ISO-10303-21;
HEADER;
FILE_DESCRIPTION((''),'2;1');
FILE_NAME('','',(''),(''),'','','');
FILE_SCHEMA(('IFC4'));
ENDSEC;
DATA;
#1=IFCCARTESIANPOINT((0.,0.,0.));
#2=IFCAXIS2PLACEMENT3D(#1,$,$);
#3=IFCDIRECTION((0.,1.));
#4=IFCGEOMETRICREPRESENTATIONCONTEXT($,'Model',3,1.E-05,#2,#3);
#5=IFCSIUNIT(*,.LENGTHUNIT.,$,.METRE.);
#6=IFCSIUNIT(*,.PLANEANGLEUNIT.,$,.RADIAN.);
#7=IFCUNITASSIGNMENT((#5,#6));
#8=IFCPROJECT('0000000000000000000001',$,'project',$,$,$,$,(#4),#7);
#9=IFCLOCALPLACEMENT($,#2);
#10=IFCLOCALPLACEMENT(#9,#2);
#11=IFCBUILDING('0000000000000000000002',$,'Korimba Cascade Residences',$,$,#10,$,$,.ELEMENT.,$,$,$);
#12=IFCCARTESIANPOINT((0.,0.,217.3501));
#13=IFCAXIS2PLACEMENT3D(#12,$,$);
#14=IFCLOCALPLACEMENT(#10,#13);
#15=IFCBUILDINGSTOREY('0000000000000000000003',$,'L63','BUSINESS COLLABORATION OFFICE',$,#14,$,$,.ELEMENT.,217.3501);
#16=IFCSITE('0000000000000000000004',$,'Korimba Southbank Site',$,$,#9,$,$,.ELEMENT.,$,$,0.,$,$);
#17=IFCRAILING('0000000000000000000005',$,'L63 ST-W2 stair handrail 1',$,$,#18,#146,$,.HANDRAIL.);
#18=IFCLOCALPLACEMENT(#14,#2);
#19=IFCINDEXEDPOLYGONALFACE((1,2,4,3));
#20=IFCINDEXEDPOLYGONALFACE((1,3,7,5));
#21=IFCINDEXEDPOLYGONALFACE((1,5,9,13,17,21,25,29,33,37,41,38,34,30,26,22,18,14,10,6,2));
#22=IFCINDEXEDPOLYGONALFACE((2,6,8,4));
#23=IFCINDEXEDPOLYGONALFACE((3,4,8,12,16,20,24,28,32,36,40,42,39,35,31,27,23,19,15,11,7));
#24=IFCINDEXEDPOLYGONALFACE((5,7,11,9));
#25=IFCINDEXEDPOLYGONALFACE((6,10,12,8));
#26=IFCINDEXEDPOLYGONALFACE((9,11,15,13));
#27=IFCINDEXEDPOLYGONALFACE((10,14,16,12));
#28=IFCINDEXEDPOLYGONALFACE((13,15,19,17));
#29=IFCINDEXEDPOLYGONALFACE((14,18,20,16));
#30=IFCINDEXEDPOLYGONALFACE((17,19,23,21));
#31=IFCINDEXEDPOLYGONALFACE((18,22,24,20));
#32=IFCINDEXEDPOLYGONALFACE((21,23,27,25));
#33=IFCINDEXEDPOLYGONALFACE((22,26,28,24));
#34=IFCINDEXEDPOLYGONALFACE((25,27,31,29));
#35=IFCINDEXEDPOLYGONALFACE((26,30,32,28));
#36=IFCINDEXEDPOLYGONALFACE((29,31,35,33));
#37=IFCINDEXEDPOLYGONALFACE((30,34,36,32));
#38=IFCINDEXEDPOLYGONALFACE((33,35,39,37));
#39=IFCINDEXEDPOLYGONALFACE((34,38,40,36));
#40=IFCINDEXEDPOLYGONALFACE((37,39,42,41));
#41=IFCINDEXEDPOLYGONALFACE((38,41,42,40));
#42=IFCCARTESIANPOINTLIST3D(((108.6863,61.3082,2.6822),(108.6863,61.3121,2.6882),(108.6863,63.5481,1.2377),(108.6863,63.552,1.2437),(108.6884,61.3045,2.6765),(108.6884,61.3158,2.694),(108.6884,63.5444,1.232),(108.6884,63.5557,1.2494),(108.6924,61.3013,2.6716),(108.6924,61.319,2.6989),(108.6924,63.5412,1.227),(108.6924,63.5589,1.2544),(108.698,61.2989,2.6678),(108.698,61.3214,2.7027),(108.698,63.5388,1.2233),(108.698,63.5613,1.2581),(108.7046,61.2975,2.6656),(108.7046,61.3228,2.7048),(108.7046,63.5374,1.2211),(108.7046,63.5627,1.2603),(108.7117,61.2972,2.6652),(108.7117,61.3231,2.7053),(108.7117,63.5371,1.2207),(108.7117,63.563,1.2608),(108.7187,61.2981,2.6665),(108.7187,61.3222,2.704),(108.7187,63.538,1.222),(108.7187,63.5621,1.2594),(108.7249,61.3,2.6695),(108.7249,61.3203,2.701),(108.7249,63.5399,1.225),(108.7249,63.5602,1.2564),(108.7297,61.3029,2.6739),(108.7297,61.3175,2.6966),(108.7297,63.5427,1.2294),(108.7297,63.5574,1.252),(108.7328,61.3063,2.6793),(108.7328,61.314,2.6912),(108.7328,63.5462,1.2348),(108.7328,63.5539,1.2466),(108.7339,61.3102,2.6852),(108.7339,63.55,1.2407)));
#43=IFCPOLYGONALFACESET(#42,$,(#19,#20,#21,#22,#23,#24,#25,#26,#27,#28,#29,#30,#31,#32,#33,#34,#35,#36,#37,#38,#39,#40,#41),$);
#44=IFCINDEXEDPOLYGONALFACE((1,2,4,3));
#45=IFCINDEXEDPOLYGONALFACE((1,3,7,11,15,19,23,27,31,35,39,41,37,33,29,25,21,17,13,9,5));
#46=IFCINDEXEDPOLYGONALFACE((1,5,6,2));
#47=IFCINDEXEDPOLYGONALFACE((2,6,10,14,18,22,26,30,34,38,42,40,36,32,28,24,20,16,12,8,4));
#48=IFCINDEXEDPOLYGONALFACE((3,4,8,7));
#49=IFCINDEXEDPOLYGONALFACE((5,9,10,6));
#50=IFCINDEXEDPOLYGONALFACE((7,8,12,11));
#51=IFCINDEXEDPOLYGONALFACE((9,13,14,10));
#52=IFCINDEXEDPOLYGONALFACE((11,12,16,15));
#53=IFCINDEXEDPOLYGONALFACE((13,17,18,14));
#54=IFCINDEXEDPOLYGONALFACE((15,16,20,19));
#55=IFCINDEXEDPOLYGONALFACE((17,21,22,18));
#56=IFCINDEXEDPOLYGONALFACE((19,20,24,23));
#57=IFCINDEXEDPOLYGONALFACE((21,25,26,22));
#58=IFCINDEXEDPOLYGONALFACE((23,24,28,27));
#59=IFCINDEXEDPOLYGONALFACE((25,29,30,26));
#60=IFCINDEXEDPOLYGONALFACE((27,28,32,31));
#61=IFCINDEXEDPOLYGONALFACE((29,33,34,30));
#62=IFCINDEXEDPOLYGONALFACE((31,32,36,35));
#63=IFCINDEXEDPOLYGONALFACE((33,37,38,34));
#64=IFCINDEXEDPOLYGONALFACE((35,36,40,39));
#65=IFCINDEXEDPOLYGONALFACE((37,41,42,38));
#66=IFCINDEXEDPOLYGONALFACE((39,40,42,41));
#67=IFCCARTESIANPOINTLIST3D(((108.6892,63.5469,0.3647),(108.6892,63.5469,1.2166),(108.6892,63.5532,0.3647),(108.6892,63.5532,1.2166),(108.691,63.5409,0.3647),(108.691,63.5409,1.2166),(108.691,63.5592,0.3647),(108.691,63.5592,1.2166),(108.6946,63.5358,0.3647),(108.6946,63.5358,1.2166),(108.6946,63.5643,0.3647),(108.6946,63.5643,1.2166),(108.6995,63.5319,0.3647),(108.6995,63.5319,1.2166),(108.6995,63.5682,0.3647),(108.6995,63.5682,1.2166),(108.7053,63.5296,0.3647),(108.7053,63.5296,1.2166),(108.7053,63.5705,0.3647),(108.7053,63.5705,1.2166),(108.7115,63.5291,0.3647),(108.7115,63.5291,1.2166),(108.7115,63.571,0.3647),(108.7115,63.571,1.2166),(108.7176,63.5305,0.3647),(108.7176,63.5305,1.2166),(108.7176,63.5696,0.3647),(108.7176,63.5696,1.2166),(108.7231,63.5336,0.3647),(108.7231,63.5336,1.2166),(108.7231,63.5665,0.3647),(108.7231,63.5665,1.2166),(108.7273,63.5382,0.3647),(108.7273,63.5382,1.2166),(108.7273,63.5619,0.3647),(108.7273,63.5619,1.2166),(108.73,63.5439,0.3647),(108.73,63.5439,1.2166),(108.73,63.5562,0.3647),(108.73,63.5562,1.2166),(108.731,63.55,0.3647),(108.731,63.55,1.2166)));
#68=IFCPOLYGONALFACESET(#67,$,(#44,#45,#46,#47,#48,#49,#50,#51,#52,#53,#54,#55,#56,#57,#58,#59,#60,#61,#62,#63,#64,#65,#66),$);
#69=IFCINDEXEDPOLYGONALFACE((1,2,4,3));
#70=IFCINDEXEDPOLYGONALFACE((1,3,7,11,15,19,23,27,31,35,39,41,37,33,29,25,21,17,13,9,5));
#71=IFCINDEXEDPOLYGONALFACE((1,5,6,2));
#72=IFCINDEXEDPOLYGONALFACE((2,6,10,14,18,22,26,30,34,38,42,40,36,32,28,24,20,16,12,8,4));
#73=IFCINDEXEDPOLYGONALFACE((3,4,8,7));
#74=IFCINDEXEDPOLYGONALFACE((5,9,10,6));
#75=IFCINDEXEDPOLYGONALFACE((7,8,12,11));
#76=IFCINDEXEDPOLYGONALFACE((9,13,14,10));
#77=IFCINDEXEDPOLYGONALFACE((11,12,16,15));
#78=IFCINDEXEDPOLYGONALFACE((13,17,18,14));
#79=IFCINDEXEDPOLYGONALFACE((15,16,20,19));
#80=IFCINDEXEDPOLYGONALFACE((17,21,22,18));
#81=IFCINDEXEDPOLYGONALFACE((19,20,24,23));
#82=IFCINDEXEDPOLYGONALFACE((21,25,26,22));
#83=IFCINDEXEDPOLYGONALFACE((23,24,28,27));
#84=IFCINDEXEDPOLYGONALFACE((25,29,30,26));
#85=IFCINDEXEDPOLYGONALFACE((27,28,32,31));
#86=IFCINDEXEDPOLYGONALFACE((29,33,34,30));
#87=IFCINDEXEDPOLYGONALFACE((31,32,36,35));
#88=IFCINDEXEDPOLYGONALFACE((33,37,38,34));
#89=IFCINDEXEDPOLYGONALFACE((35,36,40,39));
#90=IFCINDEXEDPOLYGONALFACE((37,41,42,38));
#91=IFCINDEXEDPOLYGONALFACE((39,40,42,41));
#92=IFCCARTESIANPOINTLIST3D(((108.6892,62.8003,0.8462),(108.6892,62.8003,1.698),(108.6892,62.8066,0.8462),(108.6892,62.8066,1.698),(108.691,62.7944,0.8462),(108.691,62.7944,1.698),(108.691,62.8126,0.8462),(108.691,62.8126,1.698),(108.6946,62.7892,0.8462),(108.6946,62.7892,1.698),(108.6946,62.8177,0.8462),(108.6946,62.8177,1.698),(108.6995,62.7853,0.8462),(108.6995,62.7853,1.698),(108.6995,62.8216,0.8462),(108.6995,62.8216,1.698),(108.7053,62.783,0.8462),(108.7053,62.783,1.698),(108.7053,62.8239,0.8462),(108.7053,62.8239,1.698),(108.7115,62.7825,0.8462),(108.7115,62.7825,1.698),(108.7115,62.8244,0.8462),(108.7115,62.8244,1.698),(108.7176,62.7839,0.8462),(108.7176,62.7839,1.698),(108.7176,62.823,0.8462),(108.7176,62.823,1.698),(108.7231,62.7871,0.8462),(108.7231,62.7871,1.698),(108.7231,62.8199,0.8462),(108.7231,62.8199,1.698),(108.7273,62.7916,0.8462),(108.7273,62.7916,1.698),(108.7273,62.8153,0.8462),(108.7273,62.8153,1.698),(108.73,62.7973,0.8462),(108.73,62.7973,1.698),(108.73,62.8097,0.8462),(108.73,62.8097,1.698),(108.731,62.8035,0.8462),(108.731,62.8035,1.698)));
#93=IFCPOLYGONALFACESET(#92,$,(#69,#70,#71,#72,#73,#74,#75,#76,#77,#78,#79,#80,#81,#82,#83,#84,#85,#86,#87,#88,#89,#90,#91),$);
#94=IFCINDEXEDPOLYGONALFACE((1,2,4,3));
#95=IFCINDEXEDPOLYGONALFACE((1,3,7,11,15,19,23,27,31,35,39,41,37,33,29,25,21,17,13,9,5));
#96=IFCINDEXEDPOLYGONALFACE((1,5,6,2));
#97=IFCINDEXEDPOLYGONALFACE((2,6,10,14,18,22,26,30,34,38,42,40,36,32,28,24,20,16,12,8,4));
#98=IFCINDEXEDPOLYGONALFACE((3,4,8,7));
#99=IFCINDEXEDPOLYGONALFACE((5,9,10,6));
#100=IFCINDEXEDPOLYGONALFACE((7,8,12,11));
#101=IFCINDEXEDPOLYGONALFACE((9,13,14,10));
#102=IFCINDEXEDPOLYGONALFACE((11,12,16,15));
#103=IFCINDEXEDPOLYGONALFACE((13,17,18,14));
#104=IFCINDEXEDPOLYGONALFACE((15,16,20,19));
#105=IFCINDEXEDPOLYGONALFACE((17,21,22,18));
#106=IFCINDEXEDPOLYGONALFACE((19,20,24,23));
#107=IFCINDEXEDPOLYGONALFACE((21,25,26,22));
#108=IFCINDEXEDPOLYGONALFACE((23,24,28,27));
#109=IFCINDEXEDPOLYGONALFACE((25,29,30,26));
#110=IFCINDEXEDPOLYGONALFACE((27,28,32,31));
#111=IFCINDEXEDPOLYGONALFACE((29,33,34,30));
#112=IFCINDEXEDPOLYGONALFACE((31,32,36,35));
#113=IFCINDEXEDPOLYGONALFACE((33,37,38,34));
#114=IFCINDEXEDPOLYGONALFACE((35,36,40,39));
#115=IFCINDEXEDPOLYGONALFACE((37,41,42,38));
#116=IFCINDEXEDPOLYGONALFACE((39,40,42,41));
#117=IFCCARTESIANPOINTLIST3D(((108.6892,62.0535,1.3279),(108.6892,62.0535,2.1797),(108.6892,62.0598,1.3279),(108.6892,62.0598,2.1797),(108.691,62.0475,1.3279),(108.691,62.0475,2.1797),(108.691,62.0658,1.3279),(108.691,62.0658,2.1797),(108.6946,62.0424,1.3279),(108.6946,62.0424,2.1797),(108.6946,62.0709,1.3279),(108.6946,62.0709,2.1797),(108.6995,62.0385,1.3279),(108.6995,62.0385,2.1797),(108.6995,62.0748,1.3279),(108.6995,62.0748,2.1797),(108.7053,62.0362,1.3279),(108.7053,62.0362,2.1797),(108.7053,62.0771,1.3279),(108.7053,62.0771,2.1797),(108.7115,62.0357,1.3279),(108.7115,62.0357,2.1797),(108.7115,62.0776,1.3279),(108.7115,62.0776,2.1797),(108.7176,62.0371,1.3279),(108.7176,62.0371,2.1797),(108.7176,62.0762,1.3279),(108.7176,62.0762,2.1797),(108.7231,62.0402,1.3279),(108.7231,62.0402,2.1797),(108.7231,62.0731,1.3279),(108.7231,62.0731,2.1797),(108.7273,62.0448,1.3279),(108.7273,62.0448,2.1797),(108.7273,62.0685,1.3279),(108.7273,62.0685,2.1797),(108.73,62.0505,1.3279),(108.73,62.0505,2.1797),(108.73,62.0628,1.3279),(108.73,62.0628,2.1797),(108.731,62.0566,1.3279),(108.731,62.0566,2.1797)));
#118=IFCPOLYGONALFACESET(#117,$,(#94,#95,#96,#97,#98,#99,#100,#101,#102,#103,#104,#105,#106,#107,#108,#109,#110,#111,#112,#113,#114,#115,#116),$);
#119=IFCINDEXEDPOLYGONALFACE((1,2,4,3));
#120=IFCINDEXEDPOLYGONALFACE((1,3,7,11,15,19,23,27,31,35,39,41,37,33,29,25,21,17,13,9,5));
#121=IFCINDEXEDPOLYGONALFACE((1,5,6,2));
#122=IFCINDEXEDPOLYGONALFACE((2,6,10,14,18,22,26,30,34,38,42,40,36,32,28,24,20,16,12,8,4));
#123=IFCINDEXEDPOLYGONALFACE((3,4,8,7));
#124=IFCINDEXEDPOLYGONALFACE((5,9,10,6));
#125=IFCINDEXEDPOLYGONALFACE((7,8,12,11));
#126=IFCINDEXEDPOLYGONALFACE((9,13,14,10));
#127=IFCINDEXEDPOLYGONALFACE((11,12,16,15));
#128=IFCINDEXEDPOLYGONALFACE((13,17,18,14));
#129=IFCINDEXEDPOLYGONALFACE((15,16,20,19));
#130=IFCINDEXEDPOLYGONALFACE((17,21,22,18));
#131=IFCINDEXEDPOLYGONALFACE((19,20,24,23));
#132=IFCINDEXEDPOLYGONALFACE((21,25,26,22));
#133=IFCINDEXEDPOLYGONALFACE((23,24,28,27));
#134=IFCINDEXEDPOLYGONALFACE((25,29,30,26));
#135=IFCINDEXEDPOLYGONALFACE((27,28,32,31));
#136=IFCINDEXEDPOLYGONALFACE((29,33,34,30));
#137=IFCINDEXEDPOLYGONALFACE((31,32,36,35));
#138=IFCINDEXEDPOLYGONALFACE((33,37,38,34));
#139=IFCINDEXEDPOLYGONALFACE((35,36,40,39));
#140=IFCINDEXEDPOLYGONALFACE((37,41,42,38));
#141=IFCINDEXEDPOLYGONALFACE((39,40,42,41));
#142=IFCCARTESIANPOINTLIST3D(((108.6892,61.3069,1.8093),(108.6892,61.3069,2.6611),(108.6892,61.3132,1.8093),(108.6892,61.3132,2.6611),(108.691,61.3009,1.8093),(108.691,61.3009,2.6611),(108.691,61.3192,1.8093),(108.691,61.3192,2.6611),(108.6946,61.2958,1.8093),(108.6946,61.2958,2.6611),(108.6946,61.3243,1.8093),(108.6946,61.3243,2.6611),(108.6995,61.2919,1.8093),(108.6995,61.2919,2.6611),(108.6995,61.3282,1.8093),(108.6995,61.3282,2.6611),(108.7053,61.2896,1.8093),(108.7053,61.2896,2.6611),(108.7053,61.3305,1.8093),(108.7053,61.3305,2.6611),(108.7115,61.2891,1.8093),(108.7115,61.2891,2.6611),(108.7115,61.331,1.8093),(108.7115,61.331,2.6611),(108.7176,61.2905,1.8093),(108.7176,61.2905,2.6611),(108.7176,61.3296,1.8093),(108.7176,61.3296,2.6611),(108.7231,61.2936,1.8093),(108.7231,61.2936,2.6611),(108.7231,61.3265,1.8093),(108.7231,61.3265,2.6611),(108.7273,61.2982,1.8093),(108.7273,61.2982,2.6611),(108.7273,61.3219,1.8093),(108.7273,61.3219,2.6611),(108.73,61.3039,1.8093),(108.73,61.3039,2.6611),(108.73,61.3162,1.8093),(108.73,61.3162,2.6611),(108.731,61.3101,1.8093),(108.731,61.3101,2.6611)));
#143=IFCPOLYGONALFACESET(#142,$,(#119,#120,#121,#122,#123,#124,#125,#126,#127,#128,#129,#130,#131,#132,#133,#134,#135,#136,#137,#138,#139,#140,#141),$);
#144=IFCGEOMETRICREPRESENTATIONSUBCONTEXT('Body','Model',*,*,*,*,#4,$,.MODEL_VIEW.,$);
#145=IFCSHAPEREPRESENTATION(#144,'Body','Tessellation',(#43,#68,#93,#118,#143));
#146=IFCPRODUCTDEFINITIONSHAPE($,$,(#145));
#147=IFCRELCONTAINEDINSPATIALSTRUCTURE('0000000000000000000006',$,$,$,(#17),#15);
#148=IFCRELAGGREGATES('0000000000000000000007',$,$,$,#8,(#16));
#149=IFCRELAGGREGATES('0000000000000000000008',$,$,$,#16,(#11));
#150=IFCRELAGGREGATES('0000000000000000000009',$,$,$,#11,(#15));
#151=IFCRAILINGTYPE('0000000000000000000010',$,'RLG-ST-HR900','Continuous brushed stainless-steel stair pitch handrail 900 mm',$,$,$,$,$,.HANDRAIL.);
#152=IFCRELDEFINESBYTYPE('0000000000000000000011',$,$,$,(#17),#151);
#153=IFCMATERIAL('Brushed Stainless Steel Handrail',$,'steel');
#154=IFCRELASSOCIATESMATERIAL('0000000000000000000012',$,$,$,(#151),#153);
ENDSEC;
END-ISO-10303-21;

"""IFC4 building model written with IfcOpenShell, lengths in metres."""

from ifc_helpers import new_model, si_unit, direction, frame, origin, origin_2d, place, context, subcontext, project, spatial, circle, extrude, material, type_object, element, save


model = new_model("IFC4")

# Units and contexts
model_context = context("Model", 3, precision=1e-05, world=origin(), true_north=direction((0.0, 1.0)))
body_context = subcontext(model_context, "Body", "Model", "MODEL_VIEW")
ifc_project = project(units=[si_unit("LENGTHUNIT", "METRE"), si_unit("PLANEANGLEUNIT", "RADIAN")], contexts=[model_context])

# Site, building, storey
site_placement = place(None, origin())
site = spatial("IfcSite", under=ifc_project, at=site_placement, Name="Korimba Southbank Site", CompositionType="ELEMENT", RefElevation=0.0)
building_placement = place(site_placement, origin())
building = spatial("IfcBuilding", under=site, at=building_placement, Name="Korimba Cascade Residences", CompositionType="ELEMENT")
storey_placement = place(building_placement, frame((0.0, 0.0, 217.3501)))
storey = spatial("IfcBuildingStorey", under=building, at=storey_placement, Name="L63", Description="BUSINESS COLLABORATION OFFICE", CompositionType="ELEMENT", Elevation=217.3501)

# Railing
ifc_material_1 = material(Name="Brushed Stainless Steel Handrail", Category="steel")
railing_type_1 = type_object("IfcRailingType", Name="RLG-ST-HR900", Description="Continuous brushed stainless-steel stair pitch handrail 900 mm", PredefinedType="HANDRAIL", material=ifc_material_1)
railing_1_placement = place(storey_placement, frame((108.71, 63.55, 0.3647)))
element("IfcRailing", 1, at=railing_1_placement, inside=storey, type_object=railing_type_1, Name="L63 ST-W2 stair handrail 1", PredefinedType="HANDRAIL", context=body_context, shape_type="SweptSolid", body=[
    extrude(circle(Radius=0.0239, at=origin_2d()), frame((0.0, 0.0, 0.876), z_axis=(0.0, -0.840395, 0.541975), x_axis=(1.0, 0.0, 0.0)), (0.0, 0.0, 1.0), 2.6653),
    extrude(circle(Radius=0.021, at=origin_2d()), origin(), (0.0, 0.0, 1.0), 0.8518),
    extrude(circle(Radius=0.021, at=origin_2d()), frame((0.0, -0.7466, 0.4814)), (0.0, 0.0, 1.0), 0.8518),
    extrude(circle(Radius=0.021, at=origin_2d()), frame((0.0, -1.4934, 0.9631)), (0.0, 0.0, 1.0), 0.8518),
    extrude(circle(Radius=0.021, at=origin_2d()), frame((0.0, -2.24, 1.4446)), (0.0, 0.0, 1.0), 0.8518),
])

save(model, "model.ifc")
